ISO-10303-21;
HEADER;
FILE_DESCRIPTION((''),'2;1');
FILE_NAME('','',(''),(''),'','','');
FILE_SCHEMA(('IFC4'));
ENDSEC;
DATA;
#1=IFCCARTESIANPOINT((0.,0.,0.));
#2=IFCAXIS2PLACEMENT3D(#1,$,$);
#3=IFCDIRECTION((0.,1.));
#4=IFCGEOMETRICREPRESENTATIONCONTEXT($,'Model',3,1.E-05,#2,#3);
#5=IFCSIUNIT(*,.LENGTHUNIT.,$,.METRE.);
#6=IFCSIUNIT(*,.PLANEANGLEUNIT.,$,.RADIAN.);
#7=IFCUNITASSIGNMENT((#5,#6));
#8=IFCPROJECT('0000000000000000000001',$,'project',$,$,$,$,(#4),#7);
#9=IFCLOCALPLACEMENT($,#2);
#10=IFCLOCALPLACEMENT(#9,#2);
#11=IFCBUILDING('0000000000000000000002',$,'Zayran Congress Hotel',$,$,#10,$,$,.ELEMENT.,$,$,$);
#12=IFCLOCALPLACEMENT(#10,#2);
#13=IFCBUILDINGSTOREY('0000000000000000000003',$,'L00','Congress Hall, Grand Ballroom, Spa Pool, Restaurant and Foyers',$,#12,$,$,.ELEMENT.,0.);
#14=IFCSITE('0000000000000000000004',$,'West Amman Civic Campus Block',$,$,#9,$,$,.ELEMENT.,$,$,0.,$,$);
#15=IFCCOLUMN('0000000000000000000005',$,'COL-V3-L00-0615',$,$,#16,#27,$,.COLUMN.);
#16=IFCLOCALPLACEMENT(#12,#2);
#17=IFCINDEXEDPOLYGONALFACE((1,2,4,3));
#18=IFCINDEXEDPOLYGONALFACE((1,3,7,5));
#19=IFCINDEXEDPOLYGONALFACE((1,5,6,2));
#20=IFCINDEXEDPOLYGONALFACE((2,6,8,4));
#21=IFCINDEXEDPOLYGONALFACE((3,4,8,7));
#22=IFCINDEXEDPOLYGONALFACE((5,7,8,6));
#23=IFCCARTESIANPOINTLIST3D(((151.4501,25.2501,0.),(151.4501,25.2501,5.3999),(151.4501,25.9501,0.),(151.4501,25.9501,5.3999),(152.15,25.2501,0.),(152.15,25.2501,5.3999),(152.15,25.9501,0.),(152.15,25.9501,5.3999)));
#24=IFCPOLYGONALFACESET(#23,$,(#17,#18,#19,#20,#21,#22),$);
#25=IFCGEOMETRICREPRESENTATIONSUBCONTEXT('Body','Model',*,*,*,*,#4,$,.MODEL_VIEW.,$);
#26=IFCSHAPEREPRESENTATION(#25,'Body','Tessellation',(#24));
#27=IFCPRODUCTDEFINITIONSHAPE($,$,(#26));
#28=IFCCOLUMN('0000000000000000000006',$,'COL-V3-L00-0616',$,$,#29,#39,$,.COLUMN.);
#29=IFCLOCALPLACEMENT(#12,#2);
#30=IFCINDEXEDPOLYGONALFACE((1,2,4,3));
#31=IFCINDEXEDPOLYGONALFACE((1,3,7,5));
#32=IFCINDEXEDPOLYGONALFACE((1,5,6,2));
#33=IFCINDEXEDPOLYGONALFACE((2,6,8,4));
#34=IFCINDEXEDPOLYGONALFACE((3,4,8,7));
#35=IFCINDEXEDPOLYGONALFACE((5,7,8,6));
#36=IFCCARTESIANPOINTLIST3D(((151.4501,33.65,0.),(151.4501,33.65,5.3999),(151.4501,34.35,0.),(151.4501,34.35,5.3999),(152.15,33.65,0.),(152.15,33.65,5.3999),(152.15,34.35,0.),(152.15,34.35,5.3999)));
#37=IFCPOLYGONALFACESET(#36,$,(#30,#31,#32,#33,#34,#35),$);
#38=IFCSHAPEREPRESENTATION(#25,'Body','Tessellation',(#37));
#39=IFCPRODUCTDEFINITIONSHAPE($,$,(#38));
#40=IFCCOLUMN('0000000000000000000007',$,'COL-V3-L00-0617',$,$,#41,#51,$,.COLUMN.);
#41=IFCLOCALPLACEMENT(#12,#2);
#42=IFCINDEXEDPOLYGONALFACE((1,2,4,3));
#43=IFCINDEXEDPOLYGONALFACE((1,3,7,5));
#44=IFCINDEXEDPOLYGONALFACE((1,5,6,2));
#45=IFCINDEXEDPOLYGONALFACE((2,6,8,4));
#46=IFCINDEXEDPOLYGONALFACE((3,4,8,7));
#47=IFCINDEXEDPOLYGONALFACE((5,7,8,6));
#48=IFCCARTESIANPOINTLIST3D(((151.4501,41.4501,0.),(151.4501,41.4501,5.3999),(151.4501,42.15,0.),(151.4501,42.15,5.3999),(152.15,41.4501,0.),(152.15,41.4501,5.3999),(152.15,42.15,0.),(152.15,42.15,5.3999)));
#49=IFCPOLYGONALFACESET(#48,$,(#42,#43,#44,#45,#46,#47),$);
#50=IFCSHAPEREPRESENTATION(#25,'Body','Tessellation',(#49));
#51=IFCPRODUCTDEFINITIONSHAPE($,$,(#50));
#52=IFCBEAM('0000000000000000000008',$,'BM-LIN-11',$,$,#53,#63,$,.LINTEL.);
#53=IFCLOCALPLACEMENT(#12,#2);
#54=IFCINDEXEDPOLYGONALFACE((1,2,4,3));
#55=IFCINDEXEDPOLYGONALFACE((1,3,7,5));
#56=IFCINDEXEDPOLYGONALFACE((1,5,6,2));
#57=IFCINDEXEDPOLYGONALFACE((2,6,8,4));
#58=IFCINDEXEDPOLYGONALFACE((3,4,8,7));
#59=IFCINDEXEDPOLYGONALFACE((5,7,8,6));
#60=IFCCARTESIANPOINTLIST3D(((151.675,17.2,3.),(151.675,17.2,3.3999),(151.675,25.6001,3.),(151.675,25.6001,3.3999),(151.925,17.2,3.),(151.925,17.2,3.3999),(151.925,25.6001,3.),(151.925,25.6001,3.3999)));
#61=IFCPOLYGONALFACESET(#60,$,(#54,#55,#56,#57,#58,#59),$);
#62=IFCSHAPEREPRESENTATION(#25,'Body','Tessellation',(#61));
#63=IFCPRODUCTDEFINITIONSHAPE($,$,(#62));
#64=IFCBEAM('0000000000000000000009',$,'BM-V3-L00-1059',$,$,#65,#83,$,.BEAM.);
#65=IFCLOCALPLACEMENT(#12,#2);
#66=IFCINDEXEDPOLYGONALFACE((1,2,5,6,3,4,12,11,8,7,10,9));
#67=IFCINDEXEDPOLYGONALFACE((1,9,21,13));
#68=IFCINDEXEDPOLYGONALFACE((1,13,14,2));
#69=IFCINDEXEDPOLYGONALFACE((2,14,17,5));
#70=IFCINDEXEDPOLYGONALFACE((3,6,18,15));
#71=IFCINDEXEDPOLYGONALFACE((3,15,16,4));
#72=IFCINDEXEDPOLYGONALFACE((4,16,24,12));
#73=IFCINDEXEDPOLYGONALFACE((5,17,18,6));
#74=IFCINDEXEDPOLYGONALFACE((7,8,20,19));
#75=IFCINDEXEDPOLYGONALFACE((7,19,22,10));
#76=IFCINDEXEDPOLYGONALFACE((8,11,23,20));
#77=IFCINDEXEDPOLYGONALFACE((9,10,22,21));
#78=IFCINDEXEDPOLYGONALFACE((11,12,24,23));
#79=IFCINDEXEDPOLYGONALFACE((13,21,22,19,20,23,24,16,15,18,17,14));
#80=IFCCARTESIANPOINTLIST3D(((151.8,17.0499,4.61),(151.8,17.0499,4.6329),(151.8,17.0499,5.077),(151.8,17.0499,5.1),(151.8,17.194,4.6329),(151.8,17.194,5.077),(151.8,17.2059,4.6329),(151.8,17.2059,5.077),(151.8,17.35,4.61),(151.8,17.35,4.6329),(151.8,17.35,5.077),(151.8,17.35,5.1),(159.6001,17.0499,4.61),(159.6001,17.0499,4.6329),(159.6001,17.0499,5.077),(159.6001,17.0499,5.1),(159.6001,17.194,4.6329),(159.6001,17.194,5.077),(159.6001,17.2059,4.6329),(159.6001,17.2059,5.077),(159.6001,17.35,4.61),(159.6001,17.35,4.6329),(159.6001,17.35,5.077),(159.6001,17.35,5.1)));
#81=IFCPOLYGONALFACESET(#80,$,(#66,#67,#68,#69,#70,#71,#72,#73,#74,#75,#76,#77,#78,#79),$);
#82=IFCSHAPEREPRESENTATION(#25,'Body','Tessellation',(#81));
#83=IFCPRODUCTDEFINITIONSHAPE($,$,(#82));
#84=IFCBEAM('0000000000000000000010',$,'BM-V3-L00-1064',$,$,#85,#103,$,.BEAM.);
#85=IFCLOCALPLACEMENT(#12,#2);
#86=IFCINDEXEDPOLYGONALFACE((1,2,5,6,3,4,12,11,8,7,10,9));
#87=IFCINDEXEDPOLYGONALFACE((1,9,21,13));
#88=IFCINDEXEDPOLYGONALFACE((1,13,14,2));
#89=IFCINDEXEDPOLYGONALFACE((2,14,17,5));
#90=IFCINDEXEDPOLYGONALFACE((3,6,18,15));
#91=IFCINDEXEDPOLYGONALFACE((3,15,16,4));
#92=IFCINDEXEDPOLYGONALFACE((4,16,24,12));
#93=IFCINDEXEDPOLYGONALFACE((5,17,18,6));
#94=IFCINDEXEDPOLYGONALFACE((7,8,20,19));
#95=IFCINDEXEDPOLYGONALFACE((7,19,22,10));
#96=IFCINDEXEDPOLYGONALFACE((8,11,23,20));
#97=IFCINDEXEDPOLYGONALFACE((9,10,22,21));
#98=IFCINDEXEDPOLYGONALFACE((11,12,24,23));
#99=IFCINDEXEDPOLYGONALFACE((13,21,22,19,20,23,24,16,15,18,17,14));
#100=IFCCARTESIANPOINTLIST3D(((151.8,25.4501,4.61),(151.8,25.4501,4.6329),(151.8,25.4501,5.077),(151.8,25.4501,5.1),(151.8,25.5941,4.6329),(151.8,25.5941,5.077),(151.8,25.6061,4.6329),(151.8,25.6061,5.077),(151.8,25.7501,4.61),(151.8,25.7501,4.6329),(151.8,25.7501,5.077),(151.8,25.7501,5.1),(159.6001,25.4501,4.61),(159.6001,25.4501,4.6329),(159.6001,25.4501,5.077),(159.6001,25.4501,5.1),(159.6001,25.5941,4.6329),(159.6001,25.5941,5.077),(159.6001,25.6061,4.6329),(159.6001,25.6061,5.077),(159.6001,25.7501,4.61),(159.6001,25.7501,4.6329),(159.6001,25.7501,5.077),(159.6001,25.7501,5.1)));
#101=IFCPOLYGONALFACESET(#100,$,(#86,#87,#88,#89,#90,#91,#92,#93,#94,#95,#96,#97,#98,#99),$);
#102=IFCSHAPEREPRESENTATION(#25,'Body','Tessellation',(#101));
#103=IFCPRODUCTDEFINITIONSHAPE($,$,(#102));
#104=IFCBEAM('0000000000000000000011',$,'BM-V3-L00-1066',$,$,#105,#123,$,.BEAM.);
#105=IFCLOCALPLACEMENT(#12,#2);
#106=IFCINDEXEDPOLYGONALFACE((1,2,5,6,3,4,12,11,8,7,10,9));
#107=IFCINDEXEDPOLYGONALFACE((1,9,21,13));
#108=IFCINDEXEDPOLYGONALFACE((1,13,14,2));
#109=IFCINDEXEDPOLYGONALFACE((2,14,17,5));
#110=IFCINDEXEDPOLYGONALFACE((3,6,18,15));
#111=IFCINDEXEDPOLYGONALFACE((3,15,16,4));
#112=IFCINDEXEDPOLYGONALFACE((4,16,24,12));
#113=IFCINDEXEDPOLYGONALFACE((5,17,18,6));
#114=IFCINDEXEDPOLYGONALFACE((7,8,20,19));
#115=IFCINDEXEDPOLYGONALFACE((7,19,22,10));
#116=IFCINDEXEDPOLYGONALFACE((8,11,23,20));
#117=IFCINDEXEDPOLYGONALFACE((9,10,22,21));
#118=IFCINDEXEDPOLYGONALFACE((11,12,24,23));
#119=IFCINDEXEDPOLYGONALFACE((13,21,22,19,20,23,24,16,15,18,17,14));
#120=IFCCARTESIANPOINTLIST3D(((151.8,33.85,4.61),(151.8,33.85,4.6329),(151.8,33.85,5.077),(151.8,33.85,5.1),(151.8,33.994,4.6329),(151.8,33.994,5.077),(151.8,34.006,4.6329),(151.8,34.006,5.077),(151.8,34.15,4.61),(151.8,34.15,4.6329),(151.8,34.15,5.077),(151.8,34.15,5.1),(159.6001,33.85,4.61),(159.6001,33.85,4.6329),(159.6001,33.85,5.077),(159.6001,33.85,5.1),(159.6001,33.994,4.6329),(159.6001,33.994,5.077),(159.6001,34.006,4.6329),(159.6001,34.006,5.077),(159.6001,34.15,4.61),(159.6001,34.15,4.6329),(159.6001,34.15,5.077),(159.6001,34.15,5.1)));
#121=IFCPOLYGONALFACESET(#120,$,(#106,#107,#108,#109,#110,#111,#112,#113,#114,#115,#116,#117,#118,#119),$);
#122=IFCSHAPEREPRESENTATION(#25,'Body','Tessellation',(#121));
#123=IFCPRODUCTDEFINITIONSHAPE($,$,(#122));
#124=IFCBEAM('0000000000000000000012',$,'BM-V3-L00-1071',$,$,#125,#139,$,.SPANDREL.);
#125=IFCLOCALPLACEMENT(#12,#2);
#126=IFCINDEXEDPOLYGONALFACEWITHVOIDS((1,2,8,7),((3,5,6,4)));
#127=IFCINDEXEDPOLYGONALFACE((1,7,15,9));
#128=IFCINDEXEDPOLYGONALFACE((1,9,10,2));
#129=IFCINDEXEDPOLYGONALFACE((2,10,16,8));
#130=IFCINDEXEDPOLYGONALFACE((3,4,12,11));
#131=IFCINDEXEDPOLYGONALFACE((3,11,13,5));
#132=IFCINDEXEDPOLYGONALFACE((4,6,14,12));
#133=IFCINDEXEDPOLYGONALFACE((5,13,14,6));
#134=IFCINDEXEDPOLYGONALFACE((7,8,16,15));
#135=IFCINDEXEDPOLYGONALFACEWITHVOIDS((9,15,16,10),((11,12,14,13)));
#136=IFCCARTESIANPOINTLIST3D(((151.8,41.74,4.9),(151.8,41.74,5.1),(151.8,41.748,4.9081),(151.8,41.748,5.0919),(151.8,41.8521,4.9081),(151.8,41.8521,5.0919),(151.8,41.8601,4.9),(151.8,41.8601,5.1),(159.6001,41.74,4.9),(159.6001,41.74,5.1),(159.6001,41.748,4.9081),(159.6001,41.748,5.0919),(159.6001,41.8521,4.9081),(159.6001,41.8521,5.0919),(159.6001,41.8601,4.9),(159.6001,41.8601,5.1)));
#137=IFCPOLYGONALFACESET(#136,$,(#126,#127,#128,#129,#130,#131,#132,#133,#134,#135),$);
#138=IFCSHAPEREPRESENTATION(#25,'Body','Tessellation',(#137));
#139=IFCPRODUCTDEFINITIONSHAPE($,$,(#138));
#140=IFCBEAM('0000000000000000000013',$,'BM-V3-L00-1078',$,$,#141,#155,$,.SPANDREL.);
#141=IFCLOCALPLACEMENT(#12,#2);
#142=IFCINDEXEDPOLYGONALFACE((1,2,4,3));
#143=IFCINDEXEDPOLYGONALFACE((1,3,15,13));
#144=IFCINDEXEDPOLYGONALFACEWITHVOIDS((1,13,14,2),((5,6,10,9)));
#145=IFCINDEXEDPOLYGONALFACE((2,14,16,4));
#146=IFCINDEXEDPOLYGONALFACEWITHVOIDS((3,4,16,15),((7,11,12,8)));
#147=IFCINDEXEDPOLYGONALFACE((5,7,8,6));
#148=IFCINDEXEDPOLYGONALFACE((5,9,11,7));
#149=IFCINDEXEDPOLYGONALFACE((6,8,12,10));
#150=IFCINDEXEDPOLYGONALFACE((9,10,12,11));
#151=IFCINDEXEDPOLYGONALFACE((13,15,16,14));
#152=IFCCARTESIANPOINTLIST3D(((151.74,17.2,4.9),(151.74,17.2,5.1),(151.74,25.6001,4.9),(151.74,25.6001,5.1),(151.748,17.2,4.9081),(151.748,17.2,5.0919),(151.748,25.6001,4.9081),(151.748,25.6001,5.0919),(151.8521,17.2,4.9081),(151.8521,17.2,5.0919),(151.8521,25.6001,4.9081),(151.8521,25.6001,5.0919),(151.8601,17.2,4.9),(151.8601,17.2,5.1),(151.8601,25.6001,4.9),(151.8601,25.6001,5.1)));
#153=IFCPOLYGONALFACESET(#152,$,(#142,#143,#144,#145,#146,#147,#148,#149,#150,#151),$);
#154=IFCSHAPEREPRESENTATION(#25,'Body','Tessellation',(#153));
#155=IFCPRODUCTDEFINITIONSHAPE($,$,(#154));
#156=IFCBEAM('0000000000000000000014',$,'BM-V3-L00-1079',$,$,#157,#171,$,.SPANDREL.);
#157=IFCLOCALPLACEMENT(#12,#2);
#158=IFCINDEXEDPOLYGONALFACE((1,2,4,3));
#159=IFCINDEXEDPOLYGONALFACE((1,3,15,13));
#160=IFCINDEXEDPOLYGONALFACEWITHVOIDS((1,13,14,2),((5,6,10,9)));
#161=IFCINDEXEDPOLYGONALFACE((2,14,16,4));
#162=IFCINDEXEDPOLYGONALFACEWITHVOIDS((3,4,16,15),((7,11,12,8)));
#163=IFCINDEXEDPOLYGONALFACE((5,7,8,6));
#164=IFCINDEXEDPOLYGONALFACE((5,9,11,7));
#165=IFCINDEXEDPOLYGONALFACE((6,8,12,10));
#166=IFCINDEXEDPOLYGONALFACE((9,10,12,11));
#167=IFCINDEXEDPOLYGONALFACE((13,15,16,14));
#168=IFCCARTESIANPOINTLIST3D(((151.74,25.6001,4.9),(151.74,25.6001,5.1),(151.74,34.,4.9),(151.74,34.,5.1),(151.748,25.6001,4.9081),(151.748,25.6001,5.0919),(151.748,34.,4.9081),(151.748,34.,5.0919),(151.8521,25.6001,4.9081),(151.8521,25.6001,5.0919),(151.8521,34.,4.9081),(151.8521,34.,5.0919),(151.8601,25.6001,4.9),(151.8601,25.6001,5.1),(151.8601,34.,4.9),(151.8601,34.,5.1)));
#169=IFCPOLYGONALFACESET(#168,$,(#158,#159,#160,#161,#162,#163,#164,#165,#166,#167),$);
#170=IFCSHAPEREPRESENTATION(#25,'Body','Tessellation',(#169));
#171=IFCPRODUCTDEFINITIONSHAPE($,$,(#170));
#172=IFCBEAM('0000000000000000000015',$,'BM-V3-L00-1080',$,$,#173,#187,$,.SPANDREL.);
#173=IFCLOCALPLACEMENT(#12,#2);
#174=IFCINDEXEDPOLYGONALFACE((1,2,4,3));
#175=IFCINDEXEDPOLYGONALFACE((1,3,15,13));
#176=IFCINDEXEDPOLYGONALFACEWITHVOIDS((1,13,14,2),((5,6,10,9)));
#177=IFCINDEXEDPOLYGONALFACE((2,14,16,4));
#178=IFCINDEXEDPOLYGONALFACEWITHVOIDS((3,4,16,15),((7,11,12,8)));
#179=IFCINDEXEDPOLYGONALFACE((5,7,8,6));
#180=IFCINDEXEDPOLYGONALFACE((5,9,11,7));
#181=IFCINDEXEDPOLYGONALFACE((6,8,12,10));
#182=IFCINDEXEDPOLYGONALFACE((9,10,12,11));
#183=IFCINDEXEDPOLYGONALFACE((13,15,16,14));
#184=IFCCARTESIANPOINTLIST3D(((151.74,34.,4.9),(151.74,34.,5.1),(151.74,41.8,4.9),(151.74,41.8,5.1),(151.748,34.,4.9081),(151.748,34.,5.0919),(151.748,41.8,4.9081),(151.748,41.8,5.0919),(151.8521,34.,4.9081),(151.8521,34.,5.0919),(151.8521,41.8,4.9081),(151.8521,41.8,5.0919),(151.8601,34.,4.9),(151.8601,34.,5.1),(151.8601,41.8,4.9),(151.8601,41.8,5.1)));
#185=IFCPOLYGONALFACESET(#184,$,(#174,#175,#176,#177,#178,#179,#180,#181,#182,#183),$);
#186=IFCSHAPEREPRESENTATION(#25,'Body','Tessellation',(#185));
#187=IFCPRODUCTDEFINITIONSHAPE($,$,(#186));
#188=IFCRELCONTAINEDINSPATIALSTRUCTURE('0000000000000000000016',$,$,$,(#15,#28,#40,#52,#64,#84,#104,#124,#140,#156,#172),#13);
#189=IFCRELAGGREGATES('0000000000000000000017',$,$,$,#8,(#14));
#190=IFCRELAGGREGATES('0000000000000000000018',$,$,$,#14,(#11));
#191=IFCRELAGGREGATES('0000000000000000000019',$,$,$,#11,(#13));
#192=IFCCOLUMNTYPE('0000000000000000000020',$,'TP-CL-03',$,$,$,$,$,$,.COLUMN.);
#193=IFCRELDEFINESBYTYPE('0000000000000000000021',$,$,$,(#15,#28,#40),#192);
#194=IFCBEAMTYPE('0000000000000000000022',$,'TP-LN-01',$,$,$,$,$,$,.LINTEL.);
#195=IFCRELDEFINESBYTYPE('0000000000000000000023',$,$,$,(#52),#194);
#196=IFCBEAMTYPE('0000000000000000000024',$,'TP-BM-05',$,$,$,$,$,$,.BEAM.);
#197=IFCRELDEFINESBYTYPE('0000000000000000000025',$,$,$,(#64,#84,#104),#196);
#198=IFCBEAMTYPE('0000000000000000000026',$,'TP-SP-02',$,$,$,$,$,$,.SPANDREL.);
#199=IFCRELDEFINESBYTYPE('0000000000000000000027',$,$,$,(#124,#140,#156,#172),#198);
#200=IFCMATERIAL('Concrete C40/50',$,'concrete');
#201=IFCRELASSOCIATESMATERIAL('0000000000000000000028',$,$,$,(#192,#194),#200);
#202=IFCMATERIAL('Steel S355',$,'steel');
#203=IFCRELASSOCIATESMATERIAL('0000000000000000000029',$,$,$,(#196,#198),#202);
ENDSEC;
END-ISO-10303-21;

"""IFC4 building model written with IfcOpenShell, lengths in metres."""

from ifc_helpers import new_model, si_unit, direction, frame, origin, origin_2d, place, context, subcontext, project, spatial, rectangle, hollow_rectangle, i_section, extrude, material, material_profile, profile_set, type_object, element, save


model = new_model("IFC4")

# Units and contexts
model_context = context("Model", 3, precision=1e-05, world=origin(), true_north=direction((0.0, 1.0)))
body_context = subcontext(model_context, "Body", "Model", "MODEL_VIEW")
ifc_project = project(units=[si_unit("LENGTHUNIT", "METRE"), si_unit("PLANEANGLEUNIT", "RADIAN")], contexts=[model_context])

# Site, building, storey
site_placement = place(None, origin())
site = spatial("IfcSite", under=ifc_project, at=site_placement, Name="West Amman Civic Campus Block", CompositionType="ELEMENT", RefElevation=0.0)
building_placement = place(site_placement, origin())
building = spatial("IfcBuilding", under=site, at=building_placement, Name="Zayran Congress Hotel", CompositionType="ELEMENT")
storey_placement = place(building_placement, origin())
storey = spatial("IfcBuildingStorey", under=building, at=storey_placement, Name="L00", Description="Congress Hall, Grand Ballroom, Spa Pool, Restaurant and Foyers", CompositionType="ELEMENT", Elevation=0.0)

# Columns
ifc_material_1 = material(Name="Concrete C40/50", Category="concrete")
ifc_material_profile_1 = material_profile(ifc_material_1, rectangle(XDim=0.7, YDim=0.7, at=origin_2d()), Name="RC 700x700")
ifc_profile_set_1 = profile_set([ifc_material_profile_1], Name="Concrete C40/50")
column_type = type_object("IfcColumnType", Name="TP-CL-03", PredefinedType="COLUMN", material=ifc_profile_set_1)
for number, where, z_axis, x_axis, name in (
    (1, (151.8, 25.6001, 0.0), (0.0, 0.0, 1.0), (1.0, 0.0, 0.0), "COL-V3-L00-0615"),
    (2, (151.8, 34.0, 0.0), (0.0, 0.0, 1.0), (1.0, 0.0, 0.0), "COL-V3-L00-0616"),
    (3, (151.8, 41.8, 0.0), (0.0, 0.0, 1.0), (1.0, 0.0, 0.0), "COL-V3-L00-0617"),
):
    element("IfcColumn", number, at=place(storey_placement, frame(where, z_axis=z_axis, x_axis=x_axis)), inside=storey, type_object=column_type, Name=name, PredefinedType="COLUMN", context=body_context, shape_type="SweptSolid", body=[
        extrude(rectangle(XDim=0.7, YDim=0.7, at=origin_2d()), origin(), (0.0, 0.0, 1.0), 5.3999),
    ])

# Beams
ifc_material_profile_2 = material_profile(ifc_material_1, rectangle(XDim=0.25, YDim=0.3999, at=origin_2d()), Name="RC 250x400")
ifc_profile_set_2 = profile_set([ifc_material_profile_2], Name="Concrete C40/50")
beam_type_1 = type_object("IfcBeamType", Name="TP-LN-01", PredefinedType="LINTEL", material=ifc_profile_set_2)
beam_1_placement = place(storey_placement, frame((151.8, 17.2, 3.2), z_axis=(0.0, 1.0, 0.0), x_axis=(-1.0, 0.0, 0.0)))
element("IfcBeam", 4, at=beam_1_placement, inside=storey, type_object=beam_type_1, Name="BM-LIN-11", PredefinedType="LINTEL", context=body_context, shape_type="SweptSolid", body=[
    extrude(rectangle(XDim=0.25, YDim=0.3999, at=origin_2d()), origin(), (0.0, 0.0, 1.0), 8.4001),
])
ifc_material_2 = material(Name="Steel S355", Category="steel")
ifc_material_profile_3 = material_profile(ifc_material_2, i_section(OverallWidth=0.3, OverallDepth=0.49, WebThickness=0.012, FlangeThickness=0.0229, at=origin_2d()), Name="HEA 500")
ifc_profile_set_3 = profile_set([ifc_material_profile_3], Name="Steel S355")
beam_type_2 = type_object("IfcBeamType", Name="TP-BM-05", PredefinedType="BEAM", material=ifc_profile_set_3)
for number, where, z_axis, x_axis, name in (
    (5, (151.8, 17.2, 4.855), (1.0, 0.0, 0.0), (0.0, 1.0, 0.0), "BM-V3-L00-1059"),
    (6, (151.8, 25.6001, 4.855), (1.0, 0.0, 0.0), (0.0, 1.0, 0.0), "BM-V3-L00-1064"),
    (7, (151.8, 34.0, 4.855), (1.0, 0.0, 0.0), (0.0, 1.0, 0.0), "BM-V3-L00-1066"),
):
    element("IfcBeam", number, at=place(storey_placement, frame(where, z_axis=z_axis, x_axis=x_axis)), inside=storey, type_object=beam_type_2, Name=name, PredefinedType="BEAM", context=body_context, shape_type="SweptSolid", body=[
        extrude(i_section(OverallWidth=0.3, OverallDepth=0.49, WebThickness=0.012, FlangeThickness=0.0229, at=origin_2d()), origin(), (0.0, 0.0, 1.0), 7.8),
    ])
ifc_material_profile_4 = material_profile(ifc_material_2, hollow_rectangle(XDim=0.1201, YDim=0.2, WallThickness=0.0081, at=origin_2d()), Name="RHS 200x120x8")
ifc_profile_set_4 = profile_set([ifc_material_profile_4], Name="Steel S355")
beam_type_3 = type_object("IfcBeamType", Name="TP-SP-02", PredefinedType="SPANDREL", material=ifc_profile_set_4)
beam_2_placement = place(storey_placement, frame((151.8, 41.8, 5.0), z_axis=(1.0, 0.0, 0.0), x_axis=(0.0, 1.0, 0.0)))
element("IfcBeam", 8, at=beam_2_placement, inside=storey, type_object=beam_type_3, Name="BM-V3-L00-1071", PredefinedType="SPANDREL", context=body_context, shape_type="SweptSolid", body=[
    extrude(hollow_rectangle(XDim=0.1201, YDim=0.2, WallThickness=0.0081, at=origin_2d()), origin(), (0.0, 0.0, 1.0), 7.8),
])
beam_3_placement = place(storey_placement, frame((151.8, 17.2, 5.0), z_axis=(0.0, 1.0, 0.0), x_axis=(-1.0, 0.0, 0.0)))
element("IfcBeam", 9, at=beam_3_placement, inside=storey, type_object=beam_type_3, Name="BM-V3-L00-1078", PredefinedType="SPANDREL", context=body_context, shape_type="SweptSolid", body=[
    extrude(hollow_rectangle(XDim=0.1201, YDim=0.2, WallThickness=0.0081, at=origin_2d()), origin(), (0.0, 0.0, 1.0), 8.4001),
])
beam_4_placement = place(storey_placement, frame((151.8, 25.6001, 5.0), z_axis=(0.0, 1.0, 0.0), x_axis=(-1.0, 0.0, 0.0)))
element("IfcBeam", 10, at=beam_4_placement, inside=storey, type_object=beam_type_3, Name="BM-V3-L00-1079", PredefinedType="SPANDREL", context=body_context, shape_type="SweptSolid", body=[
    extrude(hollow_rectangle(XDim=0.1201, YDim=0.2, WallThickness=0.0081, at=origin_2d()), origin(), (0.0, 0.0, 1.0), 8.3999),
])
beam_5_placement = place(storey_placement, frame((151.8, 34.0, 5.0), z_axis=(0.0, 1.0, 0.0), x_axis=(-1.0, 0.0, 0.0)))
element("IfcBeam", 11, at=beam_5_placement, inside=storey, type_object=beam_type_3, Name="BM-V3-L00-1080", PredefinedType="SPANDREL", context=body_context, shape_type="SweptSolid", body=[
    extrude(hollow_rectangle(XDim=0.1201, YDim=0.2, WallThickness=0.0081, at=origin_2d()), origin(), (0.0, 0.0, 1.0), 7.8),
])

save(model, "model.ifc")
